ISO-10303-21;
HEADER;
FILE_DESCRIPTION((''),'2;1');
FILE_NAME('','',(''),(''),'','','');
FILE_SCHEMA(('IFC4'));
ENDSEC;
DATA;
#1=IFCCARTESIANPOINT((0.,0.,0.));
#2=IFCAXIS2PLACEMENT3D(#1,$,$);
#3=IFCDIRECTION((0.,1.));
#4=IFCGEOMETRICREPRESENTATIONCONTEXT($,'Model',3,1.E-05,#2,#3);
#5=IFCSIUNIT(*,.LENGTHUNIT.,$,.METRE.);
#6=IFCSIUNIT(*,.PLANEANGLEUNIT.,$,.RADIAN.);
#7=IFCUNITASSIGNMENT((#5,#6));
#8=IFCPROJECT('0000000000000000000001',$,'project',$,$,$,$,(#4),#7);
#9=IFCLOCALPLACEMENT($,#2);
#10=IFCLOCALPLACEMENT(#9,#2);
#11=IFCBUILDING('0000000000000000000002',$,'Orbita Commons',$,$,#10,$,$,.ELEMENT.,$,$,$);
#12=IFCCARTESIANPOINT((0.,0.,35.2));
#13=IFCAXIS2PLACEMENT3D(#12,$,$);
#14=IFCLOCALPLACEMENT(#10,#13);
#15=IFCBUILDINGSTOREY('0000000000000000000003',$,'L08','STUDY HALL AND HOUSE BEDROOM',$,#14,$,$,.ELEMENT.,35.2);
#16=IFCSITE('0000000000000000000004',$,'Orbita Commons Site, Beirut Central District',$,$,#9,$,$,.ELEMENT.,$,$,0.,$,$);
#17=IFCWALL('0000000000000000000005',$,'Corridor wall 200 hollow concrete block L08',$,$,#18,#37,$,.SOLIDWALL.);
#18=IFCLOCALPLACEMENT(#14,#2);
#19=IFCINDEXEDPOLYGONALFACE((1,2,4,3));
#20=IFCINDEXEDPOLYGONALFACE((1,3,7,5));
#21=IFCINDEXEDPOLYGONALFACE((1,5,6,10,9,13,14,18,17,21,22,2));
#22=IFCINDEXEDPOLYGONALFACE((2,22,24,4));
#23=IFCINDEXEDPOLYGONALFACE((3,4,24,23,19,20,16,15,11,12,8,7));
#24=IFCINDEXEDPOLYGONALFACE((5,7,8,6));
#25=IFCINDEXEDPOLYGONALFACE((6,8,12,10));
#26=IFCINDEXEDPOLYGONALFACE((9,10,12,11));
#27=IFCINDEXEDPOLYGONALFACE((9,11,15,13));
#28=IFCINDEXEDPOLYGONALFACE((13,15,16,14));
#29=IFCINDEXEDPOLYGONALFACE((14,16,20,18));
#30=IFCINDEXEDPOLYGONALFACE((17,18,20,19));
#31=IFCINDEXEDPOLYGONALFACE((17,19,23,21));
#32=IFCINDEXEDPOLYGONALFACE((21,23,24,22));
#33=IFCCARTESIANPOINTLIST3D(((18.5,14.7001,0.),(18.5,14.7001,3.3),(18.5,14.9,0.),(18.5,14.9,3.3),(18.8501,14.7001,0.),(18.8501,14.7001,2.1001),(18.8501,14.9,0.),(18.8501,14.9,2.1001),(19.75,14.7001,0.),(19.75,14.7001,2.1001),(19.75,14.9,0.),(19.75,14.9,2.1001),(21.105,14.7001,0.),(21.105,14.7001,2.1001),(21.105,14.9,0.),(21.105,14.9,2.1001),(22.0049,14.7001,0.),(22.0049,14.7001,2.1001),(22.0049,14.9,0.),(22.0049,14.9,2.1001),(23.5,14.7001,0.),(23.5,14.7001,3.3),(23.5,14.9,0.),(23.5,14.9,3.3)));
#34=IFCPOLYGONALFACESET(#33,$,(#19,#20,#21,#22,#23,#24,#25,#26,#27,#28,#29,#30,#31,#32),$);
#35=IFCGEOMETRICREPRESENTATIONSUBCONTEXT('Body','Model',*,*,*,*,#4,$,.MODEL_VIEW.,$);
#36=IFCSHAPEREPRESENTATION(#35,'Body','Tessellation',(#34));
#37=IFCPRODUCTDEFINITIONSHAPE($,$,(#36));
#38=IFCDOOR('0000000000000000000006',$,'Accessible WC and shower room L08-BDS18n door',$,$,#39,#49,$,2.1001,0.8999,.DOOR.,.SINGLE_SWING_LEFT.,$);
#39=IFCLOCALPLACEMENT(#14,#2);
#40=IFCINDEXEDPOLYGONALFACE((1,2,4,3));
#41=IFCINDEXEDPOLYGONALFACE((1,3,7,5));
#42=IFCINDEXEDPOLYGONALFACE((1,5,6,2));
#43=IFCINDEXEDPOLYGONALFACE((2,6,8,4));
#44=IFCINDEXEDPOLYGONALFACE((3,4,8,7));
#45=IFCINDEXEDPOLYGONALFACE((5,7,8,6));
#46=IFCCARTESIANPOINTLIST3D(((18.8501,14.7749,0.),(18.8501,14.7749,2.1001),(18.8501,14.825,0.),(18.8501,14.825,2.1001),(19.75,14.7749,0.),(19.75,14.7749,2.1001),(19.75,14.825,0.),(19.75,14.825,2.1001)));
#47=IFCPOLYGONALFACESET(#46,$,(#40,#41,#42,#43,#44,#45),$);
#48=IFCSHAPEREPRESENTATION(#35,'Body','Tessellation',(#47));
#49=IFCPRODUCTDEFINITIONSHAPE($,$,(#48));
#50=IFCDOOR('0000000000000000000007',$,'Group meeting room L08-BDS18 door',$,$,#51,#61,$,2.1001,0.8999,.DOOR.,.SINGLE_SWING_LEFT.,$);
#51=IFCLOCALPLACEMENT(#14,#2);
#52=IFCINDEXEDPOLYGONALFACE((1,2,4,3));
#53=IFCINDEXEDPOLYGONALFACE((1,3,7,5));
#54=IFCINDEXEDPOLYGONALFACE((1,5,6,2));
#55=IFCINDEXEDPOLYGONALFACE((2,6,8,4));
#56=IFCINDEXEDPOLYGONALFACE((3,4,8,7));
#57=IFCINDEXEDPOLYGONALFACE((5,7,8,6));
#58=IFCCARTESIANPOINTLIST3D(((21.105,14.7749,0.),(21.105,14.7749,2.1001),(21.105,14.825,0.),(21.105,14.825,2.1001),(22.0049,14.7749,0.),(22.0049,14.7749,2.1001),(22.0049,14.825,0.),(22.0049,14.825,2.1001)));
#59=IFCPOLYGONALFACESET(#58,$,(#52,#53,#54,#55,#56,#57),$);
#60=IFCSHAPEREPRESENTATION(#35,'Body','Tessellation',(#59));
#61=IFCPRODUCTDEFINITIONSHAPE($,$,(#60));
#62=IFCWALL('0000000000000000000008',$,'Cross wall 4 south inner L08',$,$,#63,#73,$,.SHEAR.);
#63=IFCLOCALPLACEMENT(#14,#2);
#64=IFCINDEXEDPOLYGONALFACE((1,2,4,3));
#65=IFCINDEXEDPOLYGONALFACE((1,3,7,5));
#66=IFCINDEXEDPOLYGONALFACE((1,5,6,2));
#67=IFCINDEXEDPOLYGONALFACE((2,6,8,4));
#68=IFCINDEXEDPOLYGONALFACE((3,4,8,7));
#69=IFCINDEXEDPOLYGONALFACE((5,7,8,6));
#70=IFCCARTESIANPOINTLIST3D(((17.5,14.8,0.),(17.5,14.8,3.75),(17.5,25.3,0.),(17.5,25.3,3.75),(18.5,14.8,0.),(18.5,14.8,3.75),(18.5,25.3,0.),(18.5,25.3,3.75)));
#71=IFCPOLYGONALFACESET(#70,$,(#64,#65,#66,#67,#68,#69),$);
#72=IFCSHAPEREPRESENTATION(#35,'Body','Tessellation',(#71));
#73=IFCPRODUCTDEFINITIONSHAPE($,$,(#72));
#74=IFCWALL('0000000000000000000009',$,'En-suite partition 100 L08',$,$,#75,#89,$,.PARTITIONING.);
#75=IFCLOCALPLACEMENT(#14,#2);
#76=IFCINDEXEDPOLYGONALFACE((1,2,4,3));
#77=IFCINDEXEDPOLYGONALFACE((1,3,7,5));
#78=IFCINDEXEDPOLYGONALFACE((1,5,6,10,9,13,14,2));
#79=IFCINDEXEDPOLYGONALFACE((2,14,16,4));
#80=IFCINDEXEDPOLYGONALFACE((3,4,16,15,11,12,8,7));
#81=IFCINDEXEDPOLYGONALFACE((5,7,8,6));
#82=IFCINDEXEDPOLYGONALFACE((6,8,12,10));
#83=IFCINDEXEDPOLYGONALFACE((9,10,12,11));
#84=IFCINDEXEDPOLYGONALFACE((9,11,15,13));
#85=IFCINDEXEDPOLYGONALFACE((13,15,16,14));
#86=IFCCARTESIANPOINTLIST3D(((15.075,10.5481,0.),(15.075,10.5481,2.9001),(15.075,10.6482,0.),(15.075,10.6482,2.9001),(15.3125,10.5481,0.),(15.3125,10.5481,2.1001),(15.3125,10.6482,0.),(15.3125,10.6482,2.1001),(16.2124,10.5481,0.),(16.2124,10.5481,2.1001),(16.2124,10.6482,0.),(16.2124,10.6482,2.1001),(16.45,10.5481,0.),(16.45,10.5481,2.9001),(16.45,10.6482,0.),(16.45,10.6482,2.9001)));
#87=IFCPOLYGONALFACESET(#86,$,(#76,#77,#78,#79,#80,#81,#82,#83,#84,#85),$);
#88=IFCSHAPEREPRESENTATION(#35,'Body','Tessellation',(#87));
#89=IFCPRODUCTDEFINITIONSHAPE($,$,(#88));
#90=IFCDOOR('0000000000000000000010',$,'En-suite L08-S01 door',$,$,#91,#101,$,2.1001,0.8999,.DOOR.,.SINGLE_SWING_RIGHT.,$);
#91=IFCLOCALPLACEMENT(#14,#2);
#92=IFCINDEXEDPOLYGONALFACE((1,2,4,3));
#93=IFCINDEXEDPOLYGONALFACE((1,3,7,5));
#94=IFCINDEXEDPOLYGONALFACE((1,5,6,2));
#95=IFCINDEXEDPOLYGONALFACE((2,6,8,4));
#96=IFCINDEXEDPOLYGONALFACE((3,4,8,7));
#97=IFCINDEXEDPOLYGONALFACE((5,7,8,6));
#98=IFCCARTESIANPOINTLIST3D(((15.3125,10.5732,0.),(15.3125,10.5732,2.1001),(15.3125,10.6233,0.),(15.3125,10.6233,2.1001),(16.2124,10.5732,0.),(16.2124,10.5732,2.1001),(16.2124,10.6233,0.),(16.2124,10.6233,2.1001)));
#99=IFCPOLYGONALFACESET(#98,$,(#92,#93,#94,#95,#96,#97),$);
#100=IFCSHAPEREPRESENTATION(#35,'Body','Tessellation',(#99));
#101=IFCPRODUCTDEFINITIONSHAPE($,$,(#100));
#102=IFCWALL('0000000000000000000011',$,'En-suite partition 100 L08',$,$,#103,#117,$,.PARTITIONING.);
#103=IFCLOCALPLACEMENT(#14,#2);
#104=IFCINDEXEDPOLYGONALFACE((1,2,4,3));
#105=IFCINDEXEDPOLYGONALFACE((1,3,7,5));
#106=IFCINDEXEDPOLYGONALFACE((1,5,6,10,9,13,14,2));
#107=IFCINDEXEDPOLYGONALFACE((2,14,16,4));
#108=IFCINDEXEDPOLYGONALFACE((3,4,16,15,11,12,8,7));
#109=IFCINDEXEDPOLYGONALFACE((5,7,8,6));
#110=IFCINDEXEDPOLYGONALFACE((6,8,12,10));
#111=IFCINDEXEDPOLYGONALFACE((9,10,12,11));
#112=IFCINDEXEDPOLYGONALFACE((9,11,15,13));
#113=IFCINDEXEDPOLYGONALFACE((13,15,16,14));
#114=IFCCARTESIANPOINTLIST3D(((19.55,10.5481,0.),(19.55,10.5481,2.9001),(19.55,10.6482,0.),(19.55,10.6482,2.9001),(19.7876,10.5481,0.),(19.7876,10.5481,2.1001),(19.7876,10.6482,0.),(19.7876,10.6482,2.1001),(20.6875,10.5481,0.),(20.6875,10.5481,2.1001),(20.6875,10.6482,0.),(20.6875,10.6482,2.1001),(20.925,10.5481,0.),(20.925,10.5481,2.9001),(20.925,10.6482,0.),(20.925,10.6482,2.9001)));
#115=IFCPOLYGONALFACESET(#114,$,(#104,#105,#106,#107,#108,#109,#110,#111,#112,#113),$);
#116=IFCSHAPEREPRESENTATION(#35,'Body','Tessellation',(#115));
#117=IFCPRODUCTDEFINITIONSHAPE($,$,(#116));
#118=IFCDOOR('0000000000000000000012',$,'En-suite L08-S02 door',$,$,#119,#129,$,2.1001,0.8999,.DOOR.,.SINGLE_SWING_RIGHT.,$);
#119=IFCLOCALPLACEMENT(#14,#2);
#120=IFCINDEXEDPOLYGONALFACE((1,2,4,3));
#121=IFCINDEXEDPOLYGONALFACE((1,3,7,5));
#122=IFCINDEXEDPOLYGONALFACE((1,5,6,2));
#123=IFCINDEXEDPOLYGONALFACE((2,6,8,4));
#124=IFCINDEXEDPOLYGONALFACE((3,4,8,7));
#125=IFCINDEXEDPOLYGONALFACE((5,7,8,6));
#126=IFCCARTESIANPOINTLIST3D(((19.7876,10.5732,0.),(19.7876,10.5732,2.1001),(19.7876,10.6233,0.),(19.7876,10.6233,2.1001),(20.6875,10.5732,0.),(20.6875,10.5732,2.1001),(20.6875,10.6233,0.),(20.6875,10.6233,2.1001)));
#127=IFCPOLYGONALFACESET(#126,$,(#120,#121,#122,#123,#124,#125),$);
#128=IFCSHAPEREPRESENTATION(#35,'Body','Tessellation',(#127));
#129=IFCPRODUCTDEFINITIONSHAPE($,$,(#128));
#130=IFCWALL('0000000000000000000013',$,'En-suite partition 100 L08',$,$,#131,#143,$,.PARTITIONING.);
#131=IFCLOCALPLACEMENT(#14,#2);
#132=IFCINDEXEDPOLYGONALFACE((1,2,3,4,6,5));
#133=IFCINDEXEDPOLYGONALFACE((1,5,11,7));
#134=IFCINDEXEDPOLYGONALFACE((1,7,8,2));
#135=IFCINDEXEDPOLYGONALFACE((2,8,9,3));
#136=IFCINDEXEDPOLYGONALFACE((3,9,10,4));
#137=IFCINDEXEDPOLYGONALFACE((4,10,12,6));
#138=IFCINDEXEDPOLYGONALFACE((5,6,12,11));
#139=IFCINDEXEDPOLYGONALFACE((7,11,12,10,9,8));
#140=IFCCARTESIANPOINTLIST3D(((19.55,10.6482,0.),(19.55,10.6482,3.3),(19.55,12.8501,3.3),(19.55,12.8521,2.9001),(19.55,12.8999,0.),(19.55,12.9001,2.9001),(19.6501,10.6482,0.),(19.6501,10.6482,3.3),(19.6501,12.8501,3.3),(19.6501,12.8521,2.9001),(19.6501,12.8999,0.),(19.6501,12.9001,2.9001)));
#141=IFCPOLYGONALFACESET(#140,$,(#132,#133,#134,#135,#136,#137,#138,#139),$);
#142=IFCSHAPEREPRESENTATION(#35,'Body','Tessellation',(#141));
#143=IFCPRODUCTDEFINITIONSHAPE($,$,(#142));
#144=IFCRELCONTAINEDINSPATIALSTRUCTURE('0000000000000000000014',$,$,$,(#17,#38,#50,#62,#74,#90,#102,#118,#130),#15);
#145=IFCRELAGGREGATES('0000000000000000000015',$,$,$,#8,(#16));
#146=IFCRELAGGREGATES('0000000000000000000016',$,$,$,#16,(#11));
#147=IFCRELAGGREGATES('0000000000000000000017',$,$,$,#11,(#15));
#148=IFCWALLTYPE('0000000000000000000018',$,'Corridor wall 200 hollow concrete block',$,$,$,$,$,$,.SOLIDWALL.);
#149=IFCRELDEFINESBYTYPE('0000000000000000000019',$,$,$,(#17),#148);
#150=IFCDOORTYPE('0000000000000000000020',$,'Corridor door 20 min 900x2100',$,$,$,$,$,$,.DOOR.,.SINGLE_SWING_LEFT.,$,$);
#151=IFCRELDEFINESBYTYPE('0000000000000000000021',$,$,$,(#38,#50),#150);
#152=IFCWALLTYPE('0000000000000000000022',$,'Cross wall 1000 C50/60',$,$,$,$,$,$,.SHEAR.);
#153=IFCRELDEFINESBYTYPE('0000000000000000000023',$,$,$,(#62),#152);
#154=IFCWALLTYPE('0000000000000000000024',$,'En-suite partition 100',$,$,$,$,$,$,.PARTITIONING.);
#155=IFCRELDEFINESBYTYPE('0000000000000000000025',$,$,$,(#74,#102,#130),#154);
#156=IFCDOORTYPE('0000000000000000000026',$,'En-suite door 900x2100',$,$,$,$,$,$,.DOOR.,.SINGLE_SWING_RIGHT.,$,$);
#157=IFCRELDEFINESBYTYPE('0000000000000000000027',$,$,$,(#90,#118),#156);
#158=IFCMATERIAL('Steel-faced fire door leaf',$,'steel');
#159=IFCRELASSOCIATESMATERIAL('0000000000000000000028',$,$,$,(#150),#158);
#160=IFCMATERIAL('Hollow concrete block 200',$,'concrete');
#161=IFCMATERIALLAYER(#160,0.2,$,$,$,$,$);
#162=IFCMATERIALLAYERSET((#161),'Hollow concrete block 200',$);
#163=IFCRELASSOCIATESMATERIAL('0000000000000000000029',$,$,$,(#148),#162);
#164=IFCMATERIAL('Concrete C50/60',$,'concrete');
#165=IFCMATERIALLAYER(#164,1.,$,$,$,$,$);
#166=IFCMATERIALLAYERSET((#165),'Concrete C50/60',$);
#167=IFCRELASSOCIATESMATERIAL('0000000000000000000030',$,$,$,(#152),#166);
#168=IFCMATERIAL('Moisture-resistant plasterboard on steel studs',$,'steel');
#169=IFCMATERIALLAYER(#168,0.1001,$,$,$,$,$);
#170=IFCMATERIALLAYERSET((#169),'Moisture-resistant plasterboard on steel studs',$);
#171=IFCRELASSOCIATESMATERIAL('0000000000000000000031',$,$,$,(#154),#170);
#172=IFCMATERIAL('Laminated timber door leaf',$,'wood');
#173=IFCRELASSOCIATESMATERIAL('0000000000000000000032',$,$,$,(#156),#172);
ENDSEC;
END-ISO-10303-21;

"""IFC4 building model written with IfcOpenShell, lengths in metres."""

from ifc_helpers import new_model, si_unit, direction, frame, frame_2d, origin, place, context, subcontext, project, spatial, polyline, rectangle, outline, extrude, material, layer, layer_set, type_object, element, fill, save


model = new_model("IFC4")

# Units and contexts
model_context = context("Model", 3, precision=1e-05, world=origin(), true_north=direction((0.0, 1.0)))
body_context = subcontext(model_context, "Body", "Model", "MODEL_VIEW")
ifc_project = project(units=[si_unit("LENGTHUNIT", "METRE"), si_unit("PLANEANGLEUNIT", "RADIAN")], contexts=[model_context])

# Site, building, storey
site_placement = place(None, origin())
site = spatial("IfcSite", under=ifc_project, at=site_placement, Name="Orbita Commons Site, Beirut Central District", CompositionType="ELEMENT", RefElevation=0.0)
building_placement = place(site_placement, origin())
building = spatial("IfcBuilding", under=site, at=building_placement, Name="Orbita Commons", CompositionType="ELEMENT")
storey_placement = place(building_placement, frame((0.0, 0.0, 35.2)))
storey = spatial("IfcBuildingStorey", under=building, at=storey_placement, Name="L08", Description="STUDY HALL AND HOUSE BEDROOM", CompositionType="ELEMENT", Elevation=35.2)

# Wall, openings, doors
ifc_material_1 = material(Name="Steel-faced fire door leaf", Category="steel")
door_type_1 = type_object("IfcDoorType", Name="Corridor door 20 min 900x2100", OperationType="SINGLE_SWING_LEFT", PredefinedType="DOOR", material=ifc_material_1)
ifc_material_2 = material(Name="Hollow concrete block 200", Category="concrete")
ifc_layer_1 = layer(ifc_material_2, 0.2)
ifc_layer_set_1 = layer_set([ifc_layer_1], Name="Hollow concrete block 200")
wall_type_1 = type_object("IfcWallType", Name="Corridor wall 200 hollow concrete block", PredefinedType="SOLIDWALL", material=ifc_layer_set_1)
wall_1_placement = place(storey_placement, frame((18.5, 14.8, 0.0), z_axis=(0.0, 0.0, 1.0), x_axis=(1.0, 0.0, 0.0)))
wall_1 = element("IfcWall", 1, at=wall_1_placement, inside=storey, type_object=wall_type_1, Name="Corridor wall 200 hollow concrete block L08", PredefinedType="SOLIDWALL", context=body_context, shape_type="SweptSolid", body=[
    extrude(rectangle(XDim=5.0, YDim=0.2, at=frame_2d((2.5, 0.0))), origin(), (0.0, 0.0, 1.0), 3.3),
])
opening_1_placement = place(wall_1_placement, frame((0.3501, 0.0, 0.0)))
opening_1 = element("IfcOpeningElement", 2, at=opening_1_placement, cuts=wall_1, PredefinedType="OPENING", context=body_context, shape_type="SweptSolid", body=[
    extrude(rectangle(XDim=0.8999, YDim=2.1001, at=frame_2d((0.45, 1.05))), frame((0.0, 0.1099, 0.0), z_axis=(0.0, -1.0, 0.0), x_axis=(1.0, 0.0, 0.0)), (0.0, 0.0, 1.0), 0.22),
])
opening_2_placement = place(wall_1_placement, frame((2.605, 0.0, 0.0)))
opening_2 = element("IfcOpeningElement", 3, at=opening_2_placement, cuts=wall_1, PredefinedType="OPENING", context=body_context, shape_type="SweptSolid", body=[
    extrude(rectangle(XDim=0.8999, YDim=2.1001, at=frame_2d((0.45, 1.05))), frame((0.0, 0.1099, 0.0), z_axis=(0.0, -1.0, 0.0), x_axis=(1.0, 0.0, 0.0)), (0.0, 0.0, 1.0), 0.22),
])
door_1_placement = place(opening_1_placement, origin())
door_1 = element("IfcDoor", 4, at=door_1_placement, inside=storey, type_object=door_type_1, Name="Accessible WC and shower room L08-BDS18n door", OperationType="SINGLE_SWING_LEFT", OverallHeight=2.1001, OverallWidth=0.8999, PredefinedType="DOOR", context=body_context, shape_type="SweptSolid", body=[
    extrude(rectangle(XDim=0.8999, YDim=2.1001, at=frame_2d((0.45, 1.05))), frame((0.0, 0.0249, 0.0), z_axis=(0.0, -1.0, 0.0), x_axis=(1.0, 0.0, 0.0)), (0.0, 0.0, 1.0), 0.05),
])
fill(opening_1, door_1)
door_2_placement = place(opening_2_placement, origin())
door_2 = element("IfcDoor", 5, at=door_2_placement, inside=storey, type_object=door_type_1, Name="Group meeting room L08-BDS18 door", OperationType="SINGLE_SWING_LEFT", OverallHeight=2.1001, OverallWidth=0.8999, PredefinedType="DOOR", context=body_context, shape_type="SweptSolid", body=[
    extrude(rectangle(XDim=0.8999, YDim=2.1001, at=frame_2d((0.45, 1.05))), frame((0.0, 0.0249, 0.0), z_axis=(0.0, -1.0, 0.0), x_axis=(1.0, 0.0, 0.0)), (0.0, 0.0, 1.0), 0.05),
])
fill(opening_2, door_2)

# Wall
ifc_material_3 = material(Name="Concrete C50/60", Category="concrete")
ifc_layer_2 = layer(ifc_material_3, 1.0)
ifc_layer_set_2 = layer_set([ifc_layer_2], Name="Concrete C50/60")
wall_type_2 = type_object("IfcWallType", Name="Cross wall 1000 C50/60", PredefinedType="SHEAR", material=ifc_layer_set_2)
wall_2_placement = place(storey_placement, frame((18.0, 14.8, 0.0), z_axis=(0.0, 0.0, 1.0), x_axis=(0.0, 1.0, 0.0)))
element("IfcWall", 6, at=wall_2_placement, inside=storey, type_object=wall_type_2, Name="Cross wall 4 south inner L08", PredefinedType="SHEAR", context=body_context, shape_type="SweptSolid", body=[
    extrude(rectangle(XDim=10.5, YDim=1.0, at=frame_2d((5.25, 0.0))), origin(), (0.0, 0.0, 1.0), 3.75),
])

# Walls, openings, doors
ifc_material_4 = material(Name="Moisture-resistant plasterboard on steel studs", Category="steel")
ifc_layer_3 = layer(ifc_material_4, 0.1001)
ifc_layer_set_3 = layer_set([ifc_layer_3], Name="Moisture-resistant plasterboard on steel studs")
wall_type_3 = type_object("IfcWallType", Name="En-suite partition 100", PredefinedType="PARTITIONING", material=ifc_layer_set_3)
wall_3_placement = place(storey_placement, frame((16.45, 10.5981, 0.0), z_axis=(0.0, 0.0, 1.0), x_axis=(-1.0, 0.0, 0.0)))
wall_3 = element("IfcWall", 7, at=wall_3_placement, inside=storey, type_object=wall_type_3, Name="En-suite partition 100 L08", PredefinedType="PARTITIONING", context=body_context, shape_type="SweptSolid", body=[
    extrude(outline(polyline([(0.0, 0.0), (1.375, 0.0), (1.375, 2.9001), (0.0, 2.9001), (0.0, 0.0)])), frame((0.0, 0.05, 0.0), z_axis=(0.0, -1.0, 0.0), x_axis=(1.0, 0.0, 0.0)), (0.0, 0.0, 1.0), 0.1001),
])
opening_3_placement = place(wall_3_placement, frame((0.2375, 0.0, 0.0)))
opening_3 = element("IfcOpeningElement", 8, at=opening_3_placement, cuts=wall_3, PredefinedType="OPENING", context=body_context, shape_type="SweptSolid", body=[
    extrude(rectangle(XDim=0.8999, YDim=2.1001, at=frame_2d((0.45, 1.05))), frame((0.0, 0.0601, 0.0), z_axis=(0.0, -1.0, 0.0), x_axis=(1.0, 0.0, 0.0)), (0.0, 0.0, 1.0), 0.1201),
])
ifc_material_5 = material(Name="Laminated timber door leaf", Category="wood")
door_type_2 = type_object("IfcDoorType", Name="En-suite door 900x2100", OperationType="SINGLE_SWING_RIGHT", PredefinedType="DOOR", material=ifc_material_5)
door_3_placement = place(opening_3_placement, origin())
door_3 = element("IfcDoor", 9, at=door_3_placement, inside=storey, type_object=door_type_2, Name="En-suite L08-S01 door", OperationType="SINGLE_SWING_RIGHT", OverallHeight=2.1001, OverallWidth=0.8999, PredefinedType="DOOR", context=body_context, shape_type="SweptSolid", body=[
    extrude(rectangle(XDim=0.8999, YDim=2.1001, at=frame_2d((0.45, 1.05))), frame((0.0, 0.0249, 0.0), z_axis=(0.0, -1.0, 0.0), x_axis=(1.0, 0.0, 0.0)), (0.0, 0.0, 1.0), 0.05),
])
fill(opening_3, door_3)
wall_4_placement = place(storey_placement, frame((20.925, 10.5981, 0.0), z_axis=(0.0, 0.0, 1.0), x_axis=(-1.0, 0.0, 0.0)))
wall_4 = element("IfcWall", 10, at=wall_4_placement, inside=storey, type_object=wall_type_3, Name="En-suite partition 100 L08", PredefinedType="PARTITIONING", context=body_context, shape_type="SweptSolid", body=[
    extrude(outline(polyline([(0.0, 0.0), (1.375, 0.0), (1.375, 2.9001), (0.0, 2.9001), (0.0, 0.0)])), frame((0.0, 0.05, 0.0), z_axis=(0.0, -1.0, 0.0), x_axis=(1.0, 0.0, 0.0)), (0.0, 0.0, 1.0), 0.1001),
])
opening_4_placement = place(wall_4_placement, frame((0.2375, 0.0, 0.0)))
opening_4 = element("IfcOpeningElement", 11, at=opening_4_placement, cuts=wall_4, PredefinedType="OPENING", context=body_context, shape_type="SweptSolid", body=[
    extrude(rectangle(XDim=0.8999, YDim=2.1001, at=frame_2d((0.45, 1.05))), frame((0.0, 0.0601, 0.0), z_axis=(0.0, -1.0, 0.0), x_axis=(1.0, 0.0, 0.0)), (0.0, 0.0, 1.0), 0.1201),
])
door_4_placement = place(opening_4_placement, origin())
door_4 = element("IfcDoor", 12, at=door_4_placement, inside=storey, type_object=door_type_2, Name="En-suite L08-S02 door", OperationType="SINGLE_SWING_RIGHT", OverallHeight=2.1001, OverallWidth=0.8999, PredefinedType="DOOR", context=body_context, shape_type="SweptSolid", body=[
    extrude(rectangle(XDim=0.8999, YDim=2.1001, at=frame_2d((0.45, 1.05))), frame((0.0, 0.0249, 0.0), z_axis=(0.0, -1.0, 0.0), x_axis=(1.0, 0.0, 0.0)), (0.0, 0.0, 1.0), 0.05),
])
fill(opening_4, door_4)

# Wall
wall_5_placement = place(storey_placement, frame((19.6001, 10.6482, 0.0), z_axis=(0.0, 0.0, 1.0), x_axis=(0.0, 1.0, 0.0)))
element("IfcWall", 13, at=wall_5_placement, inside=storey, type_object=wall_type_3, Name="En-suite partition 100 L08", PredefinedType="PARTITIONING", context=body_context, shape_type="SweptSolid", body=[
    extrude(outline(polyline([(0.0, 0.0), (2.2517, 0.0), (2.252, 2.9001), (2.2039, 2.9001), (2.2019, 3.3), (0.0, 3.3), (0.0, 0.0)])), frame((0.0, 0.05, 0.0), z_axis=(0.0, -1.0, 0.0), x_axis=(1.0, 0.0, 0.0)), (0.0, 0.0, 1.0), 0.1001),
])

save(model, "model.ifc")
